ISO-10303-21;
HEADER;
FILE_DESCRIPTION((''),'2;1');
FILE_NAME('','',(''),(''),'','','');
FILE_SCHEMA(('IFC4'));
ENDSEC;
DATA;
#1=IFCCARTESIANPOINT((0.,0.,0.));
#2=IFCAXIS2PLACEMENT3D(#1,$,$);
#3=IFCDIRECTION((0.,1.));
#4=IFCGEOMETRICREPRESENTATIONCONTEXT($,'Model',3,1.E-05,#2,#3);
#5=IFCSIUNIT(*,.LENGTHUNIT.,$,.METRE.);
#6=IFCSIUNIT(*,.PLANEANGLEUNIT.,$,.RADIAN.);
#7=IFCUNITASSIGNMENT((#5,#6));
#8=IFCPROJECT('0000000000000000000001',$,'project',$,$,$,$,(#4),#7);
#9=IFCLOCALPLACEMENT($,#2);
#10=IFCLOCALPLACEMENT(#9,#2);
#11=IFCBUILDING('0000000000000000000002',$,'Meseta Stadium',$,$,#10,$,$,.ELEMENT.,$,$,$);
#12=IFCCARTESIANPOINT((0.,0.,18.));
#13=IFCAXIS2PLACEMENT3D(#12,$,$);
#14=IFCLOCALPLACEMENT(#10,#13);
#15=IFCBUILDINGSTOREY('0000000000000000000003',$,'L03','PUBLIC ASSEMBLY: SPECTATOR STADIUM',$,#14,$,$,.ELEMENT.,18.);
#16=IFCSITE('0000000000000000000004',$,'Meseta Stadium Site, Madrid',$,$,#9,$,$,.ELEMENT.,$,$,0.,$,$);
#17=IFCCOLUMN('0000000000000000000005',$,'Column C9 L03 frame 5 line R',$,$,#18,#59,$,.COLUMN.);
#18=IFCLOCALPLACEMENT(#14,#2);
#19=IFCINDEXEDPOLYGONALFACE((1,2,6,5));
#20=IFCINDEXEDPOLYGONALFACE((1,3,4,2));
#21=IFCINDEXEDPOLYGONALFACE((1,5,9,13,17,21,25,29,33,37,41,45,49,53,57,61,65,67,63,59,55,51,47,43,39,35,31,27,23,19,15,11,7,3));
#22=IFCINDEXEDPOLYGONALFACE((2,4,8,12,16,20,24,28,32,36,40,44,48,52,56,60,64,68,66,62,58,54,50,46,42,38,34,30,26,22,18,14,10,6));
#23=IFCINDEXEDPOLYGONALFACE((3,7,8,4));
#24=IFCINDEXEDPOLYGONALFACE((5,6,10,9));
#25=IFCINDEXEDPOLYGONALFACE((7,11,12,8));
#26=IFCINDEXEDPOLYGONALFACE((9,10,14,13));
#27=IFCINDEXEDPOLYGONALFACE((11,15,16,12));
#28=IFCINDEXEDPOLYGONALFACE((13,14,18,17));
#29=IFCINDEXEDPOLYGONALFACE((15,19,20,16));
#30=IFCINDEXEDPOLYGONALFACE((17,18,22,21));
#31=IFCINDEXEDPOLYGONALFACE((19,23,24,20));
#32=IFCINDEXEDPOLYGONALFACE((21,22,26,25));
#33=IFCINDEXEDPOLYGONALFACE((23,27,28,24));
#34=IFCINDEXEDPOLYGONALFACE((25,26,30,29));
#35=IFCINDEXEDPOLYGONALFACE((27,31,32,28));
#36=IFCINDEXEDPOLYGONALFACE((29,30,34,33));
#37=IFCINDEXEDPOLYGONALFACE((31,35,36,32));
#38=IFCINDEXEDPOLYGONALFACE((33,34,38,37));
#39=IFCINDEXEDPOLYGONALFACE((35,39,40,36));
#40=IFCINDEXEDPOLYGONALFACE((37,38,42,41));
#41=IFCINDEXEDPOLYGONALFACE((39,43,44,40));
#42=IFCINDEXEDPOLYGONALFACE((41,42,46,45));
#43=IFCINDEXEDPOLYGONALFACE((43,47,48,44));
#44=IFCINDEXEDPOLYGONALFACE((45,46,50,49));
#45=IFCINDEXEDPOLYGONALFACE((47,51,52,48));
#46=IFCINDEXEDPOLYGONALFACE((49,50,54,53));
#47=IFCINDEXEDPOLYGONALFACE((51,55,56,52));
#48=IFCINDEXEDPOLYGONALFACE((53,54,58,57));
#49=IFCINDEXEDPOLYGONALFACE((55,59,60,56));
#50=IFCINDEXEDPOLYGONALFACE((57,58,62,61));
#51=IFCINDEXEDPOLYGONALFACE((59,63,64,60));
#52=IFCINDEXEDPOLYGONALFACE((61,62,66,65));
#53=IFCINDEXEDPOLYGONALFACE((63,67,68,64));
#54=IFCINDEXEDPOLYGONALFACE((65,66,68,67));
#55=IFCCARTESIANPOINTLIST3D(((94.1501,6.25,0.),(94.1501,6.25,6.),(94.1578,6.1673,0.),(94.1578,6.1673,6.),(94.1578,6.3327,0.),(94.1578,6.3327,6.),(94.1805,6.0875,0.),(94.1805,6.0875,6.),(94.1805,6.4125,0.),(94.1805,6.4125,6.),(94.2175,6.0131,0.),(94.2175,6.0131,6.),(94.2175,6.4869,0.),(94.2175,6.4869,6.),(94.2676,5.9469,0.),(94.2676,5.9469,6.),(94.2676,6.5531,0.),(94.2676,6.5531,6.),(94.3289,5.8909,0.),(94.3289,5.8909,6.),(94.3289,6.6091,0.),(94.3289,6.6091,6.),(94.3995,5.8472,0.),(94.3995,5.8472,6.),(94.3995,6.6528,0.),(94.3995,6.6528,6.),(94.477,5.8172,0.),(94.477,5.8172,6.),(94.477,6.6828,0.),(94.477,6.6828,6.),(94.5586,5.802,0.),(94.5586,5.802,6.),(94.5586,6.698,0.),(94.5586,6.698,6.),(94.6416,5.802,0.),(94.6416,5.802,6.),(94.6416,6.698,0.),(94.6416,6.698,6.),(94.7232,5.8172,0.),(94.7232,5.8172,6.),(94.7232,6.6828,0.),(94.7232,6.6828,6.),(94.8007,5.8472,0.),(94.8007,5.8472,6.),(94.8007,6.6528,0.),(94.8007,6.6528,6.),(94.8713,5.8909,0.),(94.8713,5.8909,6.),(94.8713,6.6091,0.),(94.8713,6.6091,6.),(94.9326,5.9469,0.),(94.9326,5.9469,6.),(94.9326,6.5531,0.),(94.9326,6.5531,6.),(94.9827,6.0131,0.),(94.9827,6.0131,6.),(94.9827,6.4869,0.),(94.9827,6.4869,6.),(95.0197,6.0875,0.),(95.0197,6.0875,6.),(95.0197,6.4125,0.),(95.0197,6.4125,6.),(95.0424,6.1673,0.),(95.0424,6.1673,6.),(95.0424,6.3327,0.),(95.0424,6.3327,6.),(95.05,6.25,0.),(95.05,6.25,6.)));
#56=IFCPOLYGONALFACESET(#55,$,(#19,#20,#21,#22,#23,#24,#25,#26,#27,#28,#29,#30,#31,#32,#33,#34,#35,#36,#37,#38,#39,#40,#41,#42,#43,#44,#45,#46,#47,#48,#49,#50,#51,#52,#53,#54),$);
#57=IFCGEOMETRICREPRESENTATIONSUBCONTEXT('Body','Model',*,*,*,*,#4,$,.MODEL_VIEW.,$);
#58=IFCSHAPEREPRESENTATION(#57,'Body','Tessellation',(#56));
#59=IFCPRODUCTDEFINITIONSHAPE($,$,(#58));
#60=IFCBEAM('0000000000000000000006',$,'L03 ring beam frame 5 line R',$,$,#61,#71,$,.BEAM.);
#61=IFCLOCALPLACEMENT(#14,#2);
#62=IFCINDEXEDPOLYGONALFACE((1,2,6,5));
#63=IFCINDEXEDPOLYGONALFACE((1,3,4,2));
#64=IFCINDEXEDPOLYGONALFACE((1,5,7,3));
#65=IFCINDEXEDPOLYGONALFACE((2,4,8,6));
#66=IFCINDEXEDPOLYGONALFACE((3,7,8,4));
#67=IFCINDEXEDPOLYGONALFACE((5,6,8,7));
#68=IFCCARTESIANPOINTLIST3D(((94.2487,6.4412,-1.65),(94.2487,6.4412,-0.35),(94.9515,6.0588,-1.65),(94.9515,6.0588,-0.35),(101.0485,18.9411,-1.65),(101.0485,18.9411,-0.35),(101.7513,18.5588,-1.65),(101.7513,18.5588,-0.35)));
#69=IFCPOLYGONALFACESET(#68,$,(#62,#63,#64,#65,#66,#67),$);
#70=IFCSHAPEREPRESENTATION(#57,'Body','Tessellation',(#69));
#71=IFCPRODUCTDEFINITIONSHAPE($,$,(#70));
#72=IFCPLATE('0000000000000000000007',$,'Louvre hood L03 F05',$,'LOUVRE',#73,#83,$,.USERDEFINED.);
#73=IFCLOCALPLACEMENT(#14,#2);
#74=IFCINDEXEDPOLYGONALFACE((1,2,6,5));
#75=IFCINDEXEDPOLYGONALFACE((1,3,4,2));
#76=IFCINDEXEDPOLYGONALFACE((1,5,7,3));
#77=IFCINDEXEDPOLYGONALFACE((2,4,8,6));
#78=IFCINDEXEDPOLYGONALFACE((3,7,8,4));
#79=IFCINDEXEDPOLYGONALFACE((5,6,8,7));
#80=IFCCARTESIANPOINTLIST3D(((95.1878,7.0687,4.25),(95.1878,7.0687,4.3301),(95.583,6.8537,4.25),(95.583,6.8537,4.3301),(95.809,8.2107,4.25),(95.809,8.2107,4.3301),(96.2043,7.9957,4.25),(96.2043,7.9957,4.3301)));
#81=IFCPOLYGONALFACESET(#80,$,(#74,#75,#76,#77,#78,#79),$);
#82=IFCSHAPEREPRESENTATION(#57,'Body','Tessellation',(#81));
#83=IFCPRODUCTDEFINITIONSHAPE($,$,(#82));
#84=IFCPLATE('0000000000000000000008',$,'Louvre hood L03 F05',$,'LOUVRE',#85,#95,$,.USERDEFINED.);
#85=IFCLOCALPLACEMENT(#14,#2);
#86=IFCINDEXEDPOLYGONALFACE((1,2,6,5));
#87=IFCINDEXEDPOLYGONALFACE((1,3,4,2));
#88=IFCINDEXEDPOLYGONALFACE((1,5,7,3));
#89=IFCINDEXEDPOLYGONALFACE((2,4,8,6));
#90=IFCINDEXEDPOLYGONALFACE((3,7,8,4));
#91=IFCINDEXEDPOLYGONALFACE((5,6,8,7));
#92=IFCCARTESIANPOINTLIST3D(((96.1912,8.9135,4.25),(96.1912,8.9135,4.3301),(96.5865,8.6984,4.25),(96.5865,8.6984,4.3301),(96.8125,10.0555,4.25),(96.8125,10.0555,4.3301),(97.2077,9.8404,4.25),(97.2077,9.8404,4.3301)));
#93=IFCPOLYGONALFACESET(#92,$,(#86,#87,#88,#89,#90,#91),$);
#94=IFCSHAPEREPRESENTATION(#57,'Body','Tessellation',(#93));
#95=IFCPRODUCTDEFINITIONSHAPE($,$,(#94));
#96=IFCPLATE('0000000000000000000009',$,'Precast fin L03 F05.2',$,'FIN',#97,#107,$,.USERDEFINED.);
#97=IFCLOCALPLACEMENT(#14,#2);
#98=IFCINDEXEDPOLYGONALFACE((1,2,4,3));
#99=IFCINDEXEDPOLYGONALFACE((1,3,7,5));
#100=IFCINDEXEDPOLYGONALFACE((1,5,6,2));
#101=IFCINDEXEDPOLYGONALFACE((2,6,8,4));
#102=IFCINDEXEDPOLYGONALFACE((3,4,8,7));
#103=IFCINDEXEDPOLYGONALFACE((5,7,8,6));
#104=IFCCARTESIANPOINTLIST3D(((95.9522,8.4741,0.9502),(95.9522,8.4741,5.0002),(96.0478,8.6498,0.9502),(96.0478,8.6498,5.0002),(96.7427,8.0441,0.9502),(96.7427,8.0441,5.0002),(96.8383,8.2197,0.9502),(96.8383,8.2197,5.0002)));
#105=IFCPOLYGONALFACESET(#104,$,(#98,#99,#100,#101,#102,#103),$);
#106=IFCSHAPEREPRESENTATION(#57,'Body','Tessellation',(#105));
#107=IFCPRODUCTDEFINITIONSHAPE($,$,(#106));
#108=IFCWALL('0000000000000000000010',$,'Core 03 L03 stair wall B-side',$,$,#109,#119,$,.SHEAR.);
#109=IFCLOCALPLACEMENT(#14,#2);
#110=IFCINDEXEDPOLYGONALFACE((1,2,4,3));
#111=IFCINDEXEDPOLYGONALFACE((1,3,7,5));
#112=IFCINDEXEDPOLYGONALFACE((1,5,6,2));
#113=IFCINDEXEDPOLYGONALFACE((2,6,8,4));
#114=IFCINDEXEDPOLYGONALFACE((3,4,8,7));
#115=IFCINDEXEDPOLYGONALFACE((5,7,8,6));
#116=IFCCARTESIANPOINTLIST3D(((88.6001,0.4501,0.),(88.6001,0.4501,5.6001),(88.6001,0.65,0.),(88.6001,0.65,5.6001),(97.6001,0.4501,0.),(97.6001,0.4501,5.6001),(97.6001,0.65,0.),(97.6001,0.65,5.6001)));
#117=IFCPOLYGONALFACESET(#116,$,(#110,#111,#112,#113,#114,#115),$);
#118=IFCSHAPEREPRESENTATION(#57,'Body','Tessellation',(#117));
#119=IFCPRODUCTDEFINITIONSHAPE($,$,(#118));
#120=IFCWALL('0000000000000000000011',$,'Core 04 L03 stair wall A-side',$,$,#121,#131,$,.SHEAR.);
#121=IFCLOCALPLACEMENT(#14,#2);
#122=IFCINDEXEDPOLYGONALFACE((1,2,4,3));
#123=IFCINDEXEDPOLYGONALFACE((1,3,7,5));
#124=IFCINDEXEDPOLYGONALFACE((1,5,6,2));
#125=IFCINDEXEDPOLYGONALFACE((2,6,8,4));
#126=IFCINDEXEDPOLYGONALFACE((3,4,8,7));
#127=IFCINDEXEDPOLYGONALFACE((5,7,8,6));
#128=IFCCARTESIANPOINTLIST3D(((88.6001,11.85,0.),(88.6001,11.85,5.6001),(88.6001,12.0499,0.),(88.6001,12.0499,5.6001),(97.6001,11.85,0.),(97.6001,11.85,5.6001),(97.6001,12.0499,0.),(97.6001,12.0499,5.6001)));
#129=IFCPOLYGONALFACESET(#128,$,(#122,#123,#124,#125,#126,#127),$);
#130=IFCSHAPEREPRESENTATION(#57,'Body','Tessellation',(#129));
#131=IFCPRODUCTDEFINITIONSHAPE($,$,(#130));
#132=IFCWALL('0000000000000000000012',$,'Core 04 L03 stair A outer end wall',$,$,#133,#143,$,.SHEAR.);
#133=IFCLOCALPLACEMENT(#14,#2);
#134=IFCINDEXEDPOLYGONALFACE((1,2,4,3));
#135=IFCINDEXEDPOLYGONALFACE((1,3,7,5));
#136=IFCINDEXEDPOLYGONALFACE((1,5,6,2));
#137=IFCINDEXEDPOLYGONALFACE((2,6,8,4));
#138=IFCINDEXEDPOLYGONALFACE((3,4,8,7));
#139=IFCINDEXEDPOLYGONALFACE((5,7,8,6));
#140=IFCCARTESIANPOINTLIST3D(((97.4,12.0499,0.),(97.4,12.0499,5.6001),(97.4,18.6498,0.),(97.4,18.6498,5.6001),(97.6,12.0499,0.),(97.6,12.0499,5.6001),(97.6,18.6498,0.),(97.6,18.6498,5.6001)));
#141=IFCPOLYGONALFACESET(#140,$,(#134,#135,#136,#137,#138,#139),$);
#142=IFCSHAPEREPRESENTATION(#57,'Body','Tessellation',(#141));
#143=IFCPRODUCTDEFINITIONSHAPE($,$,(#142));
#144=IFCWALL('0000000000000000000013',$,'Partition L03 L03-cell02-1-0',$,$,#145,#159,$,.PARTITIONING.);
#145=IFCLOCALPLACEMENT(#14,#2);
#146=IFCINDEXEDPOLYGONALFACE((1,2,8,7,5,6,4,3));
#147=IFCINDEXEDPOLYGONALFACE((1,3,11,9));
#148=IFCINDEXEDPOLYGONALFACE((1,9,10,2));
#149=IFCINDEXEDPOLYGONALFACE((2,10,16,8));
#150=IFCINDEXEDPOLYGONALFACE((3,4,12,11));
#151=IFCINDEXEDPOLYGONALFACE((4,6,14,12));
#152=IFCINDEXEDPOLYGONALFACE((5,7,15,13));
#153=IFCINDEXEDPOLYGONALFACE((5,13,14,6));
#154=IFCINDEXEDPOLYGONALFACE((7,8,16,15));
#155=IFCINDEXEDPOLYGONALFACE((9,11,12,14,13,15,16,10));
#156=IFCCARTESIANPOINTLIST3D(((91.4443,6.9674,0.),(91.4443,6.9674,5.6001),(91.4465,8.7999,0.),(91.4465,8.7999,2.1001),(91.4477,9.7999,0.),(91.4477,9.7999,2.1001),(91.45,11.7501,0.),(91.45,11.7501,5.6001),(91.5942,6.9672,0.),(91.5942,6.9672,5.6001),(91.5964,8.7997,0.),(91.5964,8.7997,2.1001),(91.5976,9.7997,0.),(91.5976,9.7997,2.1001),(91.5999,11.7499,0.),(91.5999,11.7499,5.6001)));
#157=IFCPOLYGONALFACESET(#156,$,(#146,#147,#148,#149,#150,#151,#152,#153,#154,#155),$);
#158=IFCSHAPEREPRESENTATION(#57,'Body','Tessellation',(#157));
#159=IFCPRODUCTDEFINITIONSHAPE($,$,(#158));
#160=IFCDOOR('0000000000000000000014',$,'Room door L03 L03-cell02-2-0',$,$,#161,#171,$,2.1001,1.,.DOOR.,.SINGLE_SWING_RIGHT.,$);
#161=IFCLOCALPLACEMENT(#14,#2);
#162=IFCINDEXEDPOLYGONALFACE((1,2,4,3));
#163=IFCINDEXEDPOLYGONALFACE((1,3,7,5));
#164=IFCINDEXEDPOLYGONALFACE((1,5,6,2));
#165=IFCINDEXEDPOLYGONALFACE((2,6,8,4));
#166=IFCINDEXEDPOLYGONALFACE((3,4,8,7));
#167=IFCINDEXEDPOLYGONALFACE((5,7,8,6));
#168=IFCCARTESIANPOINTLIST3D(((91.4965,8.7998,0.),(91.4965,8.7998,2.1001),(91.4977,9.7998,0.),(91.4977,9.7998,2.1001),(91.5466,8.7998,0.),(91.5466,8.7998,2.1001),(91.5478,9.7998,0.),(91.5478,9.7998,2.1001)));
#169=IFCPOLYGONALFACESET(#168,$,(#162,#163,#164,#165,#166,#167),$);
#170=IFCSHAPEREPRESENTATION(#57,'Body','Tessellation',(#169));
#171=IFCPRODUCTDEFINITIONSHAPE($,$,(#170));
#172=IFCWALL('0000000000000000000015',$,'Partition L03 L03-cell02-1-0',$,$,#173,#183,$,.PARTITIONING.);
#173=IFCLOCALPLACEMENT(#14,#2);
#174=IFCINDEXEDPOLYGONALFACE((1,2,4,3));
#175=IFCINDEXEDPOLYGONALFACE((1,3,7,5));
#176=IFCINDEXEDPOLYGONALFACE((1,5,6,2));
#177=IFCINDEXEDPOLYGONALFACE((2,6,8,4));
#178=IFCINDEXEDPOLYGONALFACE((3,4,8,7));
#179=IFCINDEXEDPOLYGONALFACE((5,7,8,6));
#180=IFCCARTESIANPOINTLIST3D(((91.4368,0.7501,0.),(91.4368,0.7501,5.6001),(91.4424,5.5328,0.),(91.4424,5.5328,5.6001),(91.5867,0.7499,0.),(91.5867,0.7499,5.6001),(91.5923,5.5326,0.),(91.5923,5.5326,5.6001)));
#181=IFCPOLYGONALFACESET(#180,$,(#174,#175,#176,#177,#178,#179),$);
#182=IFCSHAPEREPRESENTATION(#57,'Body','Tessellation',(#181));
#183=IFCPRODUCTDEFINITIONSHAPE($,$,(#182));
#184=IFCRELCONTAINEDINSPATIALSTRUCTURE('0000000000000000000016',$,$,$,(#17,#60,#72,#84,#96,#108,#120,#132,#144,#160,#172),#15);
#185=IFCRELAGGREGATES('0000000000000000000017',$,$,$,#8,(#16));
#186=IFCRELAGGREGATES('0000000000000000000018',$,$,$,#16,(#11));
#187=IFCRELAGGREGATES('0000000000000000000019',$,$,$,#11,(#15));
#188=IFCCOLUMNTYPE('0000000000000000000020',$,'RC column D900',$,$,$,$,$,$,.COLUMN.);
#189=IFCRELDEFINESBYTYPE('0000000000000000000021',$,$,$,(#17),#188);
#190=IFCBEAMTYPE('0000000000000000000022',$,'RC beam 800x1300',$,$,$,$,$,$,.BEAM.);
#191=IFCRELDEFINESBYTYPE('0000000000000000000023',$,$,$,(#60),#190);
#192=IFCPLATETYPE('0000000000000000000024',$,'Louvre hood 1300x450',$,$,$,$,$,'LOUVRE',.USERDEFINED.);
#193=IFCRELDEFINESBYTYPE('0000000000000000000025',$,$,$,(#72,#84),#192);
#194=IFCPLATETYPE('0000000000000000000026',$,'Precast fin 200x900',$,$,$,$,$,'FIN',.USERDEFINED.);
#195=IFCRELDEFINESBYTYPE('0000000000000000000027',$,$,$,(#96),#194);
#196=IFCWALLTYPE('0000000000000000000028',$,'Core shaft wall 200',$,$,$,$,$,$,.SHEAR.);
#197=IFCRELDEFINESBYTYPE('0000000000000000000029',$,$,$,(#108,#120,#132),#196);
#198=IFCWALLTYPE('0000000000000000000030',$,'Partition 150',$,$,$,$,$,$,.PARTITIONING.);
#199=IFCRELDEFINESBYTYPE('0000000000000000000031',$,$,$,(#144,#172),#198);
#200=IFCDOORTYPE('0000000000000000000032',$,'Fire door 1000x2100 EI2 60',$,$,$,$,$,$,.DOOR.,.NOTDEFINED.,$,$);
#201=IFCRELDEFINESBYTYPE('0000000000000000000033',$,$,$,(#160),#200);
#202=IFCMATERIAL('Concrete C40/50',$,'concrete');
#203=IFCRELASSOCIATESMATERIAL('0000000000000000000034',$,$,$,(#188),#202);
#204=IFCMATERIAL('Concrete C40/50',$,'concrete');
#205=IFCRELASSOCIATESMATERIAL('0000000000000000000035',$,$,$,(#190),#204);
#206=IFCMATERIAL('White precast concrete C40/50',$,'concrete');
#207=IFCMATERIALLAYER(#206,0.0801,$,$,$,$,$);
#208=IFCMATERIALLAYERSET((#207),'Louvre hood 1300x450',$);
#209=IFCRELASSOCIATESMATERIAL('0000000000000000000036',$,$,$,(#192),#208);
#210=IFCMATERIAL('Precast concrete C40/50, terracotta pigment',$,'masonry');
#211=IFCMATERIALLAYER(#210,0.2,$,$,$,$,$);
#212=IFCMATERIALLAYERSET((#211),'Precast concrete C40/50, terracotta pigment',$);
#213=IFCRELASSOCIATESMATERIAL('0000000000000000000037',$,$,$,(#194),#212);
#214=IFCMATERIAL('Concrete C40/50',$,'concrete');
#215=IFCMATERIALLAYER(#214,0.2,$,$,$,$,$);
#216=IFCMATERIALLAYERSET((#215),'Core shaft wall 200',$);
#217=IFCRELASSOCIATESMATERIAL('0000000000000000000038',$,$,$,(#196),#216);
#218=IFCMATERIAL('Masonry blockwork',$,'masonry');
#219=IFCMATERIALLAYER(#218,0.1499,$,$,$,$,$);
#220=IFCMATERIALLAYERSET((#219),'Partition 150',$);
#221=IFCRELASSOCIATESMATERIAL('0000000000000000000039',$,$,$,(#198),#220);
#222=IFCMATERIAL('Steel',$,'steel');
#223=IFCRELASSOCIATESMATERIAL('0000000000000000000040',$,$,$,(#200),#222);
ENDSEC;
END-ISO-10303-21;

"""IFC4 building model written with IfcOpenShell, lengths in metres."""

from ifc_helpers import new_model, si_unit, direction, frame, frame_2d, origin, origin_2d, place, context, subcontext, project, spatial, rectangle, circle, extrude, material, layer, layer_set, material_profile, profile_set, type_object, element, fill, save


model = new_model("IFC4")

# Units and contexts
model_context = context("Model", 3, precision=1e-05, world=origin(), true_north=direction((0.0, 1.0)))
body_context = subcontext(model_context, "Body", "Model", "MODEL_VIEW")
ifc_project = project(units=[si_unit("LENGTHUNIT", "METRE"), si_unit("PLANEANGLEUNIT", "RADIAN")], contexts=[model_context])

# Site, building, storey
site_placement = place(None, origin())
site = spatial("IfcSite", under=ifc_project, at=site_placement, Name="Meseta Stadium Site, Madrid", CompositionType="ELEMENT", RefElevation=0.0)
building_placement = place(site_placement, origin())
building = spatial("IfcBuilding", under=site, at=building_placement, Name="Meseta Stadium", CompositionType="ELEMENT")
storey_placement = place(building_placement, frame((0.0, 0.0, 18.0)))
storey = spatial("IfcBuildingStorey", under=building, at=storey_placement, Name="L03", Description="PUBLIC ASSEMBLY: SPECTATOR STADIUM", CompositionType="ELEMENT", Elevation=18.0)

# Column
ifc_material_1 = material(Name="Concrete C40/50", Category="concrete")
ifc_material_profile_1 = material_profile(ifc_material_1, circle(Radius=0.45, at=origin_2d()), Name="RC D900")
ifc_profile_set_1 = profile_set([ifc_material_profile_1], Name="Concrete C40/50")
column_type = type_object("IfcColumnType", Name="RC column D900", PredefinedType="COLUMN", material=ifc_profile_set_1)
column_placement = place(storey_placement, frame((94.6001, 6.25, 0.0), z_axis=(0.0, 0.0, 1.0), x_axis=(1.0, 0.0, 0.0)))
element("IfcColumn", 1, at=column_placement, inside=storey, type_object=column_type, Name="Column C9 L03 frame 5 line R", PredefinedType="COLUMN", context=body_context, shape_type="SweptSolid", body=[
    extrude(circle(Radius=0.45, at=origin_2d()), origin(), (0.0, 0.0, 1.0), 6.0),
])

# Beam
ifc_material_2 = material(Name="Concrete C40/50", Category="concrete")
ifc_material_profile_2 = material_profile(ifc_material_2, rectangle(XDim=0.8, YDim=1.3, at=origin_2d()), Name="RC 800x1300")
ifc_profile_set_2 = profile_set([ifc_material_profile_2], Name="Concrete C40/50")
beam_type = type_object("IfcBeamType", Name="RC beam 800x1300", PredefinedType="BEAM", material=ifc_profile_set_2)
beam_placement = place(storey_placement, frame((94.6001, 6.25, -1.0), z_axis=(0.477856, 0.878438, 0.0), x_axis=(-0.878438, 0.477856, 0.0)))
element("IfcBeam", 2, at=beam_placement, inside=storey, type_object=beam_type, Name="L03 ring beam frame 5 line R", PredefinedType="BEAM", context=body_context, shape_type="SweptSolid", body=[
    extrude(rectangle(XDim=0.8, YDim=1.3, at=origin_2d()), origin(), (0.0, 0.0, 1.0), 14.2297),
])

# Plates
ifc_material_3 = material(Name="White precast concrete C40/50", Category="concrete")
ifc_layer_1 = layer(ifc_material_3, 0.0801)
ifc_layer_set_1 = layer_set([ifc_layer_1], Name="Louvre hood 1300x450")
plate_type_1 = type_object("IfcPlateType", Name="Louvre hood 1300x450", ElementType="LOUVRE", PredefinedType="USERDEFINED", material=ifc_layer_set_1)
for number, where, z_axis, x_axis, name in (
    (3, (95.696, 7.5322, 4.25), (0.0, 0.0, 1.0), (0.477867, 0.878432, 0.0), "Louvre hood L03 F05"),
    (4, (96.6995, 9.377, 4.25), (0.0, 0.0, 1.0), (0.477867, 0.878432, 0.0), "Louvre hood L03 F05"),
):
    element("IfcPlate", number, at=place(storey_placement, frame(where, z_axis=z_axis, x_axis=x_axis)), inside=storey, type_object=plate_type_1, Name=name, ObjectType="LOUVRE", PredefinedType="USERDEFINED", context=body_context, shape_type="SweptSolid", body=[
        extrude(rectangle(XDim=1.3, YDim=0.45, at=origin_2d()), origin(), (0.0, 0.0, 1.0), 0.0801),
    ])
ifc_material_4 = material(Name="Precast concrete C40/50, terracotta pigment", Category="masonry")
ifc_layer_2 = layer(ifc_material_4, 0.2)
ifc_layer_set_2 = layer_set([ifc_layer_2], Name="Precast concrete C40/50, terracotta pigment")
plate_type_2 = type_object("IfcPlateType", Name="Precast fin 200x900", ElementType="FIN", PredefinedType="USERDEFINED", material=ifc_layer_set_2)
plate_placement = place(storey_placement, frame((96.3953, 8.3469, 0.9502), z_axis=(0.0, 0.0, 1.0), x_axis=(-0.477867, -0.878432, 0.0)))
element("IfcPlate", 5, at=plate_placement, inside=storey, type_object=plate_type_2, Name="Precast fin L03 F05.2", ObjectType="FIN", PredefinedType="USERDEFINED", context=body_context, shape_type="SweptSolid", body=[
    extrude(rectangle(XDim=0.2, YDim=0.8999, at=origin_2d()), origin(), (0.0, 0.0, 1.0), 4.05),
])

# Walls
ifc_material_5 = material(Name="Concrete C40/50", Category="concrete")
ifc_layer_3 = layer(ifc_material_5, 0.2)
ifc_layer_set_3 = layer_set([ifc_layer_3], Name="Core shaft wall 200")
wall_type_1 = type_object("IfcWallType", Name="Core shaft wall 200", PredefinedType="SHEAR", material=ifc_layer_set_3)
for number, where, z_axis, x_axis, name in (
    (6, (97.6001, 0.55, 0.0), (0.0, 0.0, 1.0), (-1.0, 0.0, 0.0), "Core 03 L03 stair wall B-side"),
    (7, (97.6001, 11.95, 0.0), (0.0, 0.0, 1.0), (-1.0, 0.0, 0.0), "Core 04 L03 stair wall A-side"),
):
    element("IfcWall", number, at=place(storey_placement, frame(where, z_axis=z_axis, x_axis=x_axis)), inside=storey, type_object=wall_type_1, Name=name, PredefinedType="SHEAR", context=body_context, shape_type="SweptSolid", body=[
        extrude(rectangle(XDim=9.0, YDim=0.2, at=frame_2d((4.5, 0.0))), origin(), (0.0, 0.0, 1.0), 5.6001),
    ])
wall_1_placement = place(storey_placement, frame((97.5, 12.05, 0.0), z_axis=(0.0, 0.0, 1.0), x_axis=(0.0, 1.0, 0.0)))
element("IfcWall", 8, at=wall_1_placement, inside=storey, type_object=wall_type_1, Name="Core 04 L03 stair A outer end wall", PredefinedType="SHEAR", context=body_context, shape_type="SweptSolid", body=[
    extrude(rectangle(XDim=6.5999, YDim=0.2, at=frame_2d((3.2998, 0.0))), origin(), (0.0, 0.0, 1.0), 5.6001),
])

# Wall, opening, door
ifc_material_6 = material(Name="Masonry blockwork", Category="masonry")
ifc_layer_4 = layer(ifc_material_6, 0.1499)
ifc_layer_set_4 = layer_set([ifc_layer_4], Name="Partition 150")
wall_type_2 = type_object("IfcWallType", Name="Partition 150", PredefinedType="PARTITIONING", material=ifc_layer_set_4)
wall_2_placement = place(storey_placement, frame((91.5193, 6.9673, 0.0), z_axis=(0.0, 0.0, 1.0), x_axis=(0.001174, 0.999999, 0.0)))
wall_2 = element("IfcWall", 9, at=wall_2_placement, inside=storey, type_object=wall_type_2, Name="Partition L03 L03-cell02-1-0", PredefinedType="PARTITIONING", context=body_context, shape_type="SweptSolid", body=[
    extrude(rectangle(XDim=4.7827, YDim=0.1499, at=frame_2d((2.3914, 0.0))), origin(), (0.0, 0.0, 1.0), 5.6001),
])
opening_1_placement = place(wall_2_placement, frame((1.8325, 0.0, 0.0)))
opening_1 = element("IfcOpeningElement", 10, at=opening_1_placement, cuts=wall_2, PredefinedType="OPENING", context=body_context, shape_type="SweptSolid", body=[
    extrude(rectangle(XDim=1.0, YDim=2.1001, at=frame_2d((0.5, 1.05))), frame((0.0, 0.085, 0.0), z_axis=(0.0, -1.0, 0.0), x_axis=(1.0, 0.0, 0.0)), (0.0, 0.0, 1.0), 0.1699),
])
ifc_material_7 = material(Name="Steel", Category="steel")
door_type = type_object("IfcDoorType", Name="Fire door 1000x2100 EI2 60", OperationType="NOTDEFINED", PredefinedType="DOOR", material=ifc_material_7)
door_placement = place(opening_1_placement, origin())
door = element("IfcDoor", 11, at=door_placement, inside=storey, type_object=door_type, Name="Room door L03 L03-cell02-2-0", OperationType="SINGLE_SWING_RIGHT", OverallHeight=2.1001, OverallWidth=1.0, PredefinedType="DOOR", context=body_context, shape_type="SweptSolid", body=[
    extrude(rectangle(XDim=1.0, YDim=2.1001, at=frame_2d((0.5, 1.05))), frame((0.0, 0.0249, 0.0), z_axis=(0.0, -1.0, 0.0), x_axis=(1.0, 0.0, 0.0)), (0.0, 0.0, 1.0), 0.05),
])
fill(opening_1, door)

# Wall
wall_3_placement = place(storey_placement, frame((91.5173, 5.5327, 0.0), z_axis=(0.0, 0.0, 1.0), x_axis=(-0.001174, -0.999999, 0.0)))
element("IfcWall", 12, at=wall_3_placement, inside=storey, type_object=wall_type_2, Name="Partition L03 L03-cell02-1-0", PredefinedType="PARTITIONING", context=body_context, shape_type="SweptSolid", body=[
    extrude(rectangle(XDim=4.7827, YDim=0.1499, at=frame_2d((2.3914, 0.0))), origin(), (0.0, 0.0, 1.0), 5.6001),
])

save(model, "model.ifc")
